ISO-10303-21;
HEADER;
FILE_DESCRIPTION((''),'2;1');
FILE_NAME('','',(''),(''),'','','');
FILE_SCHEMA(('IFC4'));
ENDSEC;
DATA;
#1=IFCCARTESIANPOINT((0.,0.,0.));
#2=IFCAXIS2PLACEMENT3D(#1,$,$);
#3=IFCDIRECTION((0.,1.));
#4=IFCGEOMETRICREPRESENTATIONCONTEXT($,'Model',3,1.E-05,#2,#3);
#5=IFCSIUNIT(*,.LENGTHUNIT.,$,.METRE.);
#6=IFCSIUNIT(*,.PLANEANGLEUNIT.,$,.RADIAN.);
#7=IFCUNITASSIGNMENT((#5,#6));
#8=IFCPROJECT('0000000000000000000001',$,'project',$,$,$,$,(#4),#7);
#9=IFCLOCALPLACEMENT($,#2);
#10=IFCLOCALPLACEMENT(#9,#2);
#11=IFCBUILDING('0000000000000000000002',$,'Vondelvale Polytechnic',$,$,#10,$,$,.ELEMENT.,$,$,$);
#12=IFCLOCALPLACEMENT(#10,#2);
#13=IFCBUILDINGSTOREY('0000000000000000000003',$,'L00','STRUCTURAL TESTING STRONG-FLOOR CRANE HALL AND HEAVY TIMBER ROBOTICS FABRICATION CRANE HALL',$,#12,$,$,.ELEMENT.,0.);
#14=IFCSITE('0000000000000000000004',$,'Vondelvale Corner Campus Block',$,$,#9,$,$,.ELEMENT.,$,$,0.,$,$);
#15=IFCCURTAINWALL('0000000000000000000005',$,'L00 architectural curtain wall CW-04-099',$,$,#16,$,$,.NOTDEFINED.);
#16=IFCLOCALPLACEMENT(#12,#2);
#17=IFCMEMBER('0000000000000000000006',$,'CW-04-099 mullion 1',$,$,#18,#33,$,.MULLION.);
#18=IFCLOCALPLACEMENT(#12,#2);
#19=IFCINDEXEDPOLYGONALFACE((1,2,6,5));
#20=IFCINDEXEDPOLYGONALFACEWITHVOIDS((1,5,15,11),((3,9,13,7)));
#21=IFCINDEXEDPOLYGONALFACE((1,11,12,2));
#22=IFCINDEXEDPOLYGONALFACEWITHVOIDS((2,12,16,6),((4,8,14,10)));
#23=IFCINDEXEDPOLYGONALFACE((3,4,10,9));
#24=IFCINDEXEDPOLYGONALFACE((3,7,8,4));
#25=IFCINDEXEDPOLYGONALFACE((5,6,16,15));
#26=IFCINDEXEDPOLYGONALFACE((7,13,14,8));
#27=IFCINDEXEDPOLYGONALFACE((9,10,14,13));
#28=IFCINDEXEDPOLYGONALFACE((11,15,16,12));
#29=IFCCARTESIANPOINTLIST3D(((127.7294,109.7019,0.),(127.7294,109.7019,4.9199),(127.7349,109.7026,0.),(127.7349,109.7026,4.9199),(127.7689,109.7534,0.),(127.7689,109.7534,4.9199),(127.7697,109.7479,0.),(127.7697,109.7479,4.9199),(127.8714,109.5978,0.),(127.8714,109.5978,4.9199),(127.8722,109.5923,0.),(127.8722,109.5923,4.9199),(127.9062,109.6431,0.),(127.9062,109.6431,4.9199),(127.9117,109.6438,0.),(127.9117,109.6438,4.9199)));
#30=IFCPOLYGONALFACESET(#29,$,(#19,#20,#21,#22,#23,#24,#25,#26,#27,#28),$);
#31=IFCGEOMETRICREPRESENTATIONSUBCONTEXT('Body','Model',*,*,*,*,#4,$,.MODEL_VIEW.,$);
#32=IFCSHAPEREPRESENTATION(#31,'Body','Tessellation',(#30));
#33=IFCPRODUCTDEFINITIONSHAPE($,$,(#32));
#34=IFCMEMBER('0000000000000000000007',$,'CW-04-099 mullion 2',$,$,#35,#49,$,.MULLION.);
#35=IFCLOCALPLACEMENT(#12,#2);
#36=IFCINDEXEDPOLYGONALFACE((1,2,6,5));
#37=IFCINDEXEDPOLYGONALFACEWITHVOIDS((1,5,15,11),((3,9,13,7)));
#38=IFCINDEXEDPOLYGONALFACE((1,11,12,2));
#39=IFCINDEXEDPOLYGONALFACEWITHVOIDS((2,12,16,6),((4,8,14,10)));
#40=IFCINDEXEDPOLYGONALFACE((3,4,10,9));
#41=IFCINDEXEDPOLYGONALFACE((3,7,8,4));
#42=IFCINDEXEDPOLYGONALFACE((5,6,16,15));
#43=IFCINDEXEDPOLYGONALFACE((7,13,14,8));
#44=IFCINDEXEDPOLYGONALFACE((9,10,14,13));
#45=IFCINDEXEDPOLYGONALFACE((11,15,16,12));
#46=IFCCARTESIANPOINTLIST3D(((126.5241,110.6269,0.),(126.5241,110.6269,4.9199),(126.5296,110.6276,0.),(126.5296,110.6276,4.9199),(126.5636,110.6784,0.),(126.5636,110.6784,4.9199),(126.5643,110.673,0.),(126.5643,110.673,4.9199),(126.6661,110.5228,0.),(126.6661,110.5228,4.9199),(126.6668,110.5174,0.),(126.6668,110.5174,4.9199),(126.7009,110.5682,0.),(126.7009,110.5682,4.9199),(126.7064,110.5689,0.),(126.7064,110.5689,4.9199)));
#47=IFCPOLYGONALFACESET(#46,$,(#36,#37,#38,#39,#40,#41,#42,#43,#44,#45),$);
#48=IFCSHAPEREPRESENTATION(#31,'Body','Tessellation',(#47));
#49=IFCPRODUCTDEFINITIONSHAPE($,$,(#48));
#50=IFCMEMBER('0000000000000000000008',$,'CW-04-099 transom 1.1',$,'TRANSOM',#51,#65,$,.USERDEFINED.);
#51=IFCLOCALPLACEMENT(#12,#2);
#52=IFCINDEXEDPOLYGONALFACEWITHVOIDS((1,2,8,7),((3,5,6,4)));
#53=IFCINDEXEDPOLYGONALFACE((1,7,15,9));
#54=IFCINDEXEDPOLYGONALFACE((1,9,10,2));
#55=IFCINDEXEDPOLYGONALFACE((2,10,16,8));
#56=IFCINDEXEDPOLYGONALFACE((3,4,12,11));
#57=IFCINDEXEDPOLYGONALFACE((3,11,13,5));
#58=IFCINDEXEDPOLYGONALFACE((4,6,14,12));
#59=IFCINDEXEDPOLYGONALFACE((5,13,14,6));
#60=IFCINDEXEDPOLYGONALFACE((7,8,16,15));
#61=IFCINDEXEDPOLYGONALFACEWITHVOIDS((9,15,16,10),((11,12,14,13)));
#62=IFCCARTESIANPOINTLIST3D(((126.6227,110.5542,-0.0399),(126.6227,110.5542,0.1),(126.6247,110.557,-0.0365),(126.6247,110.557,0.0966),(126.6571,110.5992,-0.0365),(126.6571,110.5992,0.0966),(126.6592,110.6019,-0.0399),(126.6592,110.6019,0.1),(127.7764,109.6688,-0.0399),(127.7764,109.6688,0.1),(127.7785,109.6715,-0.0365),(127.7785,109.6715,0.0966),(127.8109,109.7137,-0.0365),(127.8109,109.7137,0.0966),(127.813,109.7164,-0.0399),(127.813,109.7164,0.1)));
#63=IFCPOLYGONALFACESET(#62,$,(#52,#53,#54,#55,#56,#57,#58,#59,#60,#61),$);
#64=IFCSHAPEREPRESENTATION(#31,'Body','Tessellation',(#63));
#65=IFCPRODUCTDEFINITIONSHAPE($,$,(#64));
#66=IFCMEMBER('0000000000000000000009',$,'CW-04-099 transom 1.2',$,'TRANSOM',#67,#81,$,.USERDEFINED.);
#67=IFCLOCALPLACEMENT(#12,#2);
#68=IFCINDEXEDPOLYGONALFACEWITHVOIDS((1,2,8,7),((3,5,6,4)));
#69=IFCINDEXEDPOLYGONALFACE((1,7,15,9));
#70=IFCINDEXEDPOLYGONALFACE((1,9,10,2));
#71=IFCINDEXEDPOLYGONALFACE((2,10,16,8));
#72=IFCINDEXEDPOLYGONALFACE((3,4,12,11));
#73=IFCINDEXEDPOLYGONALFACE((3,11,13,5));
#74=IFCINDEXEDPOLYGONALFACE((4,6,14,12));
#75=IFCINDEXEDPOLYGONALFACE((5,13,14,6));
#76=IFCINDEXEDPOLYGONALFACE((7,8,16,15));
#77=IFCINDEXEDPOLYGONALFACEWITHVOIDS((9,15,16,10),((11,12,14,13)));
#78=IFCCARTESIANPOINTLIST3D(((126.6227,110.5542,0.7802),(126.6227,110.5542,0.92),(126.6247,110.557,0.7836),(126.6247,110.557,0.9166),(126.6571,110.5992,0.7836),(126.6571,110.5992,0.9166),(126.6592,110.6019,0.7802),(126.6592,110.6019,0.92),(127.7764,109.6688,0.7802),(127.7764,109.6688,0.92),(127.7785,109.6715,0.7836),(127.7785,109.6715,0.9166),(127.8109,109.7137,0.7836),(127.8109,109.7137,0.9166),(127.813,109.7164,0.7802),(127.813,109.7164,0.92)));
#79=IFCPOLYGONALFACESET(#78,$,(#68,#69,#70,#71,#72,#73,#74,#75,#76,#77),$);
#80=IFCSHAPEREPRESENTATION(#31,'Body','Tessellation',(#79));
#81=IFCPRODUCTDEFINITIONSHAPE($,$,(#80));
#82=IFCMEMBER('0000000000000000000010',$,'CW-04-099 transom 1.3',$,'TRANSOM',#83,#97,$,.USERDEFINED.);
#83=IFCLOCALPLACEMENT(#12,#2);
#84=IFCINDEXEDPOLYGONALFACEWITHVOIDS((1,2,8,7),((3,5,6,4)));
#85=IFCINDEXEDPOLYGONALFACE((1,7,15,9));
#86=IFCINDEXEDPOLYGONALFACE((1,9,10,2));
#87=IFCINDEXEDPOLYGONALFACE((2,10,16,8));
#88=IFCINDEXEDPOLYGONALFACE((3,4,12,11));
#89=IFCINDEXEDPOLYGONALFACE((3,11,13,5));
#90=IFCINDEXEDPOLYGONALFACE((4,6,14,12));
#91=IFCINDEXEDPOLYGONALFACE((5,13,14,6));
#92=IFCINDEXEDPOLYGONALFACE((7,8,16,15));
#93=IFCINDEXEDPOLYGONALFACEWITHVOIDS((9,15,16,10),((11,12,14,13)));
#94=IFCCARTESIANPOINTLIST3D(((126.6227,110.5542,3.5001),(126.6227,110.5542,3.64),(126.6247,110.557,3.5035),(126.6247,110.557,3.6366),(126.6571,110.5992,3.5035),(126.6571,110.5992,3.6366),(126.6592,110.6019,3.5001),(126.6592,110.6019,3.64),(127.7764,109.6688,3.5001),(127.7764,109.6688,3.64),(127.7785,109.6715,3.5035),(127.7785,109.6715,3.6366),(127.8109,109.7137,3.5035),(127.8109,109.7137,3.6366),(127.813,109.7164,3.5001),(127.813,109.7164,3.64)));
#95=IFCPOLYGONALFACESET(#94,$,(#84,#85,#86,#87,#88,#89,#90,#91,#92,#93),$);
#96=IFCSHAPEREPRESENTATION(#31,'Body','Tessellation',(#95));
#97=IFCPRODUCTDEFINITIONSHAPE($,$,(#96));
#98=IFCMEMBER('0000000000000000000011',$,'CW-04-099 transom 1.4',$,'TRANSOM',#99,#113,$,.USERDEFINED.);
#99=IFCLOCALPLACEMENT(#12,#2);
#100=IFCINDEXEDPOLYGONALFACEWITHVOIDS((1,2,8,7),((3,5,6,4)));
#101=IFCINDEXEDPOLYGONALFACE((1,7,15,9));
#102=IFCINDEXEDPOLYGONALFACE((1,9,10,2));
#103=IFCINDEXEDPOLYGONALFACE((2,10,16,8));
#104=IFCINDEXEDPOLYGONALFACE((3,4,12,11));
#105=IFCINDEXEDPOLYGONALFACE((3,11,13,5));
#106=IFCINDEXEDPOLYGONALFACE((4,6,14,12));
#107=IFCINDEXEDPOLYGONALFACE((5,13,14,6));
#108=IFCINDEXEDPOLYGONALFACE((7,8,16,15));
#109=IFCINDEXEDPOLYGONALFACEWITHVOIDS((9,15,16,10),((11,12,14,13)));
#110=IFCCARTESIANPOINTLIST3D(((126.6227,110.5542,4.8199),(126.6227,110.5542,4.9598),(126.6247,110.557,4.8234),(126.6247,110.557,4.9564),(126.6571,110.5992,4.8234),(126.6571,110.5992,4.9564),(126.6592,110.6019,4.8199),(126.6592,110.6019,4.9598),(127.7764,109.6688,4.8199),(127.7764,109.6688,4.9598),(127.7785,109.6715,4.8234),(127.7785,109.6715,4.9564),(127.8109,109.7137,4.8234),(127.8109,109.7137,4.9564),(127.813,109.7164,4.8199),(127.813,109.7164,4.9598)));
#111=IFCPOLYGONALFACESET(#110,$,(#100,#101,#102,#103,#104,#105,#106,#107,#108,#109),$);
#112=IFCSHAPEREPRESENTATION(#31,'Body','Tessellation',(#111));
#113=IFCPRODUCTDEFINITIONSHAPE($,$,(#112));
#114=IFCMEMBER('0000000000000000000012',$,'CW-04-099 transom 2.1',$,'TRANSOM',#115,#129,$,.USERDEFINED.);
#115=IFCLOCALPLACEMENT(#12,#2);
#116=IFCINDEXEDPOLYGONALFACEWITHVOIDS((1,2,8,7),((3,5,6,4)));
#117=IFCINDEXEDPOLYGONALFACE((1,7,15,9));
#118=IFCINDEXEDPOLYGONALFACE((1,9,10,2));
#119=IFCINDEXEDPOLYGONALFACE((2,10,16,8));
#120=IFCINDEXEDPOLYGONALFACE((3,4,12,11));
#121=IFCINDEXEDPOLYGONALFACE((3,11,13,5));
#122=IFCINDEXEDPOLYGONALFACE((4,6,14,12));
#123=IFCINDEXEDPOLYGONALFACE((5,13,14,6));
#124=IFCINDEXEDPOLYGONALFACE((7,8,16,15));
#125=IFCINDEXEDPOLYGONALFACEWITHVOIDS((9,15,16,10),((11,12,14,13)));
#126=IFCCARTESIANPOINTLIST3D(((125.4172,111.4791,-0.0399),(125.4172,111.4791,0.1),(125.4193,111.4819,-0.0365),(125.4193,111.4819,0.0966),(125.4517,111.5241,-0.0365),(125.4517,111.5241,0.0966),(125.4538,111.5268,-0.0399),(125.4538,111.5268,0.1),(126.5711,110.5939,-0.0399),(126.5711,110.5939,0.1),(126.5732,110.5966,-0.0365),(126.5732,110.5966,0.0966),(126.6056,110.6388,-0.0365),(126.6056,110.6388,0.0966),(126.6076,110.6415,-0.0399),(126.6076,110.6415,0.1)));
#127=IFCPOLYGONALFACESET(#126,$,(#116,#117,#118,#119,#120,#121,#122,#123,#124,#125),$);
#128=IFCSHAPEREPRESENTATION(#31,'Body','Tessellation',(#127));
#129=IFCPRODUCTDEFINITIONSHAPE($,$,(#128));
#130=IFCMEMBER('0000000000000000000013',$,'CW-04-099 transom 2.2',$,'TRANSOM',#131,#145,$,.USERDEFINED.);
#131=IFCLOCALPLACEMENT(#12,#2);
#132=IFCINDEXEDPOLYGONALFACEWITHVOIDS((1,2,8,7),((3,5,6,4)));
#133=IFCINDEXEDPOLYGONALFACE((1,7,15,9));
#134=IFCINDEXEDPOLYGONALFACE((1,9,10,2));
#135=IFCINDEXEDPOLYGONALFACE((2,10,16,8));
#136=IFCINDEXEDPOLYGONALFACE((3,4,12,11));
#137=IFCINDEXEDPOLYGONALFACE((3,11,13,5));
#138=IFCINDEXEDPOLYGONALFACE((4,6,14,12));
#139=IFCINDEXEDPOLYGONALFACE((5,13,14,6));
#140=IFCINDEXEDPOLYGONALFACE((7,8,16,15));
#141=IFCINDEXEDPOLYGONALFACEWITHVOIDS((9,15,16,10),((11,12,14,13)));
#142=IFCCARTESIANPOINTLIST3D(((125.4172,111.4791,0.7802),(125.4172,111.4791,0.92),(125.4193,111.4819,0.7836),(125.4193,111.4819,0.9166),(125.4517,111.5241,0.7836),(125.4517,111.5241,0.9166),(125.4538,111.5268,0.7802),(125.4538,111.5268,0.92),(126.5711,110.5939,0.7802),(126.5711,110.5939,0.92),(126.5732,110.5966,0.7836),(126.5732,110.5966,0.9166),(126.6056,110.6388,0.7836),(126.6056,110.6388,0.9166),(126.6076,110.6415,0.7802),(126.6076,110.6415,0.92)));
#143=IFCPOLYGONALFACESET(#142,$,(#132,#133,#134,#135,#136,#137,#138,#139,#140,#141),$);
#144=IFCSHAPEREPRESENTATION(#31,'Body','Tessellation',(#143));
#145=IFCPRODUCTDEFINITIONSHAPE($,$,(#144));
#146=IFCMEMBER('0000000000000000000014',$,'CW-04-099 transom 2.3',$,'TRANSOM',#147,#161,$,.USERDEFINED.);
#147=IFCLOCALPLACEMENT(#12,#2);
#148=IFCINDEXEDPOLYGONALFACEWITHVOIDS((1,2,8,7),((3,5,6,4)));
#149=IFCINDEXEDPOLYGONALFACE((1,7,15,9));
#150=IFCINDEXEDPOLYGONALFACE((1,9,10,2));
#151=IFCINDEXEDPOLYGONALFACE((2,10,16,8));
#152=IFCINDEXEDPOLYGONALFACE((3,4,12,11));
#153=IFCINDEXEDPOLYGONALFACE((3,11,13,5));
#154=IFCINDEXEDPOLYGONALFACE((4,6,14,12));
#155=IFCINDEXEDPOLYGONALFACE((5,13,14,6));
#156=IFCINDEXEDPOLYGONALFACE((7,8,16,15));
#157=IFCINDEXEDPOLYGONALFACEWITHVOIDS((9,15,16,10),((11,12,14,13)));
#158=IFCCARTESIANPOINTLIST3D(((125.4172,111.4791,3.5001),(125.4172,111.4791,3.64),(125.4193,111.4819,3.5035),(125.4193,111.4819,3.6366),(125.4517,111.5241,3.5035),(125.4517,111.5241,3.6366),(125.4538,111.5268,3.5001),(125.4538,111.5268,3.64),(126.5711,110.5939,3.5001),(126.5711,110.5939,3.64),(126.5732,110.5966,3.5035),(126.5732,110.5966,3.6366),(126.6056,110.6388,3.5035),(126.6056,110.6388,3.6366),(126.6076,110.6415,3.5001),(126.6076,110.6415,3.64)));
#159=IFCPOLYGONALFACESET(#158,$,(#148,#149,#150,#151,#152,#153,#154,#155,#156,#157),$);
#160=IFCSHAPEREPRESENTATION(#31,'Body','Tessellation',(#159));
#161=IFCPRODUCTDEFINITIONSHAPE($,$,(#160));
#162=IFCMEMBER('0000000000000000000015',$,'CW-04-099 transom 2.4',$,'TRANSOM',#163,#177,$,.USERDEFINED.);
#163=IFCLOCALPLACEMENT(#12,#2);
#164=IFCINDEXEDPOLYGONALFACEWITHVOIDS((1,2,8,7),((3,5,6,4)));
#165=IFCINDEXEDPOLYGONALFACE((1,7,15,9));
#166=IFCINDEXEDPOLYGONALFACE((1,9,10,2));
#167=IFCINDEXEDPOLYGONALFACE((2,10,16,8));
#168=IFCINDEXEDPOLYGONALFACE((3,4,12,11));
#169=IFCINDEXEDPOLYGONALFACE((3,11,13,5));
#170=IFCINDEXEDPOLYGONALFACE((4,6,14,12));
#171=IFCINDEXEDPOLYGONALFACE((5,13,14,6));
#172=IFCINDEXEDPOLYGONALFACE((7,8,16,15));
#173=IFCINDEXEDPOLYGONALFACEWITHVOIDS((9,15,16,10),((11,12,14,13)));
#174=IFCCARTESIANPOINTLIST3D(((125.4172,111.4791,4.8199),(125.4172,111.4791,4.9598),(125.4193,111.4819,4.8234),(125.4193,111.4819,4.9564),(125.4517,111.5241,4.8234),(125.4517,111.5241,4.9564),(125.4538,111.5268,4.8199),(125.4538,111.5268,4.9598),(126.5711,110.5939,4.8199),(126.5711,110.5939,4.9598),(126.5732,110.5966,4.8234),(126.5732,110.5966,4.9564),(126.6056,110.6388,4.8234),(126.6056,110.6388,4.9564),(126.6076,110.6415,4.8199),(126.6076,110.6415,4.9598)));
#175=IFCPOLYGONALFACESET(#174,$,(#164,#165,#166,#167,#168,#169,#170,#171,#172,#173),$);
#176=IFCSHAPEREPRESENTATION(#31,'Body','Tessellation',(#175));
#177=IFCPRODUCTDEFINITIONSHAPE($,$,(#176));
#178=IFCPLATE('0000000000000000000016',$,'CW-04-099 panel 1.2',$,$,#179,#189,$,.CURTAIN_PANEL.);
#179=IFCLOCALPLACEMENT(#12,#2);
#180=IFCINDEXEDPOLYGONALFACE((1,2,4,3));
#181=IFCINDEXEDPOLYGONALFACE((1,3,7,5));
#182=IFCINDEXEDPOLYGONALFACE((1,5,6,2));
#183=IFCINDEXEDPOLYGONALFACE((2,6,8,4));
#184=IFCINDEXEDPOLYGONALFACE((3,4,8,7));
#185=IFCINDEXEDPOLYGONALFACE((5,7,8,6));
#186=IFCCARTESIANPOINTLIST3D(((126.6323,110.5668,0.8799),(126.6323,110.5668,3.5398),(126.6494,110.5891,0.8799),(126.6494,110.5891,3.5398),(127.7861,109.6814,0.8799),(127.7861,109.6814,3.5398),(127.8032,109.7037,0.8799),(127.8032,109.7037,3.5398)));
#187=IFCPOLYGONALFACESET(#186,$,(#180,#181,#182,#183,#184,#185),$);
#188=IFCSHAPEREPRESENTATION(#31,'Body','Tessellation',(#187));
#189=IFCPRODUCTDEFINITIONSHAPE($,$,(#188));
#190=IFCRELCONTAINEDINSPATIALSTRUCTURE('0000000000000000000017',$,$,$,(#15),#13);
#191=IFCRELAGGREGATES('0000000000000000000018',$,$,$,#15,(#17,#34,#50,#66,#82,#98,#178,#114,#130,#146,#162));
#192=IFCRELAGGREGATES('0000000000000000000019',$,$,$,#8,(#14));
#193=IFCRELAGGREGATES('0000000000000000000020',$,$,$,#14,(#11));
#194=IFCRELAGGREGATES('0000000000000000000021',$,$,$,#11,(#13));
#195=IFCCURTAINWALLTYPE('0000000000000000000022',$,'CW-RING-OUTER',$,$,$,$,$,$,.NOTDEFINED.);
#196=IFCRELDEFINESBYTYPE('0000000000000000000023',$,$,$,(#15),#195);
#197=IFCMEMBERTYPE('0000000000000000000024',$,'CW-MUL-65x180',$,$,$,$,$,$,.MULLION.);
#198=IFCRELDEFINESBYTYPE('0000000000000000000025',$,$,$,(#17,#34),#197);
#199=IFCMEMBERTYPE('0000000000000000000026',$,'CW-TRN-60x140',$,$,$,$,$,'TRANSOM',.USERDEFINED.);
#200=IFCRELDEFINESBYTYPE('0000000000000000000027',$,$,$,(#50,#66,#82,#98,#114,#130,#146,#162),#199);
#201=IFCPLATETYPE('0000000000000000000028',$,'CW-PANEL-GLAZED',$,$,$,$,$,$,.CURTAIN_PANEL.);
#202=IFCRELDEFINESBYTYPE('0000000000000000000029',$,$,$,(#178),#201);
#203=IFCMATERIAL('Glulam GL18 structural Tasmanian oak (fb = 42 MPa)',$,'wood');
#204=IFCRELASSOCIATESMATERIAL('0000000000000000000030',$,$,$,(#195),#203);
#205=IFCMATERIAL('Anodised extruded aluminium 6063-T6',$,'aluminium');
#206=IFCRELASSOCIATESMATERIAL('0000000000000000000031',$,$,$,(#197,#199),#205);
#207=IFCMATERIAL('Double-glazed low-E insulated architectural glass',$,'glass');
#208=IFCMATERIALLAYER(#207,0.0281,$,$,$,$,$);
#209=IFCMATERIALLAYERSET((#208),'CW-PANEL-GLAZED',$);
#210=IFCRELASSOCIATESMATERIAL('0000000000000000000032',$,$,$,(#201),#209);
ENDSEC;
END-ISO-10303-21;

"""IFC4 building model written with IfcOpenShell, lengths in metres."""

from ifc_helpers import new_model, si_unit, direction, frame, origin, origin_2d, place, context, subcontext, project, spatial, rectangle, hollow_rectangle, extrude, material, layer, layer_set, material_profile, profile_set, type_object, element, aggregate, save


model = new_model("IFC4")

# Units and contexts
model_context = context("Model", 3, precision=1e-05, world=origin(), true_north=direction((0.0, 1.0)))
body_context = subcontext(model_context, "Body", "Model", "MODEL_VIEW")
ifc_project = project(units=[si_unit("LENGTHUNIT", "METRE"), si_unit("PLANEANGLEUNIT", "RADIAN")], contexts=[model_context])

# Site, building, storey
site_placement = place(None, origin())
site = spatial("IfcSite", under=ifc_project, at=site_placement, Name="Vondelvale Corner Campus Block", CompositionType="ELEMENT", RefElevation=0.0)
building_placement = place(site_placement, origin())
building = spatial("IfcBuilding", under=site, at=building_placement, Name="Vondelvale Polytechnic", CompositionType="ELEMENT")
storey_placement = place(building_placement, origin())
storey = spatial("IfcBuildingStorey", under=building, at=storey_placement, Name="L00", Description="STRUCTURAL TESTING STRONG-FLOOR CRANE HALL AND HEAVY TIMBER ROBOTICS FABRICATION CRANE HALL", CompositionType="ELEMENT", Elevation=0.0)

# Shared definitions
ifc_material_1 = material(Name="Glulam GL18 structural Tasmanian oak (fb = 42 MPa)", Category="wood")

# Shared definitions
curtain_wall_type = type_object("IfcCurtainWallType", Name="CW-RING-OUTER", PredefinedType="NOTDEFINED", material=ifc_material_1)
ifc_material_2 = material(Name="Anodised extruded aluminium 6063-T6", Category="aluminium")
ifc_material_profile_1 = material_profile(ifc_material_2, hollow_rectangle(XDim=0.0649, YDim=0.1799, WallThickness=0.0039, at=origin_2d()), Name="CW-MUL-180x65")
ifc_profile_set_1 = profile_set([ifc_material_profile_1], Name="Anodised extruded aluminium 6063-T6")
member_type_1 = type_object("IfcMemberType", Name="CW-MUL-65x180", PredefinedType="MULLION", material=ifc_profile_set_1)

# Curtain wall, members, plate
curtain_wall_1_placement = place(storey_placement, origin())
curtain_wall_1 = element("IfcCurtainWall", 1, at=curtain_wall_1_placement, inside=storey, type_object=curtain_wall_type, Name="L00 architectural curtain wall CW-04-099", PredefinedType="NOTDEFINED")
member_1_placement = place(storey_placement, frame((127.8206, 109.6729, 0.0), z_axis=(0.0, 0.0, 1.0), x_axis=(-0.608764, -0.793352, 0.0)))
member_1 = element("IfcMember", 2, at=member_1_placement, type_object=member_type_1, Name="CW-04-099 mullion 1", PredefinedType="MULLION", context=body_context, shape_type="SweptSolid", body=[
    extrude(hollow_rectangle(XDim=0.0649, YDim=0.1799, WallThickness=0.0039, at=origin_2d()), origin(), (0.0, 0.0, 1.0), 4.9199),
])
member_2_placement = place(storey_placement, frame((126.6152, 110.5979, 0.0), z_axis=(0.0, 0.0, 1.0), x_axis=(-0.608764, -0.793352, 0.0)))
member_2 = element("IfcMember", 3, at=member_2_placement, type_object=member_type_1, Name="CW-04-099 mullion 2", PredefinedType="MULLION", context=body_context, shape_type="SweptSolid", body=[
    extrude(hollow_rectangle(XDim=0.0649, YDim=0.1799, WallThickness=0.0039, at=origin_2d()), origin(), (0.0, 0.0, 1.0), 4.9199),
])
ifc_material_profile_2 = material_profile(ifc_material_2, hollow_rectangle(XDim=0.0601, YDim=0.1399, WallThickness=0.0034, at=origin_2d()), Name="CW-TRN-140x60")
ifc_profile_set_2 = profile_set([ifc_material_profile_2], Name="Anodised extruded aluminium 6063-T6")
member_type_2 = type_object("IfcMemberType", Name="CW-TRN-60x140", ElementType="TRANSOM", PredefinedType="USERDEFINED", material=ifc_profile_set_2)
member_3_placement = place(storey_placement, frame((127.7947, 109.6926, 0.03), z_axis=(-0.793304, 0.608826, 0.0), x_axis=(-0.608826, -0.793304, 0.0)))
member_3 = element("IfcMember", 4, at=member_3_placement, type_object=member_type_2, Name="CW-04-099 transom 1.1", ObjectType="TRANSOM", PredefinedType="USERDEFINED", context=body_context, shape_type="SweptSolid", body=[
    extrude(hollow_rectangle(XDim=0.0601, YDim=0.1399, WallThickness=0.0034, at=origin_2d()), origin(), (0.0, 0.0, 1.0), 1.4543),
])
member_4_placement = place(storey_placement, frame((127.7947, 109.6926, 0.8501), z_axis=(-0.793304, 0.608826, 0.0), x_axis=(-0.608826, -0.793304, 0.0)))
member_4 = element("IfcMember", 5, at=member_4_placement, type_object=member_type_2, Name="CW-04-099 transom 1.2", ObjectType="TRANSOM", PredefinedType="USERDEFINED", context=body_context, shape_type="SweptSolid", body=[
    extrude(hollow_rectangle(XDim=0.0601, YDim=0.1399, WallThickness=0.0034, at=origin_2d()), origin(), (0.0, 0.0, 1.0), 1.4543),
])
member_5_placement = place(storey_placement, frame((127.7947, 109.6926, 3.5701), z_axis=(-0.793304, 0.608826, 0.0), x_axis=(-0.608826, -0.793304, 0.0)))
member_5 = element("IfcMember", 6, at=member_5_placement, type_object=member_type_2, Name="CW-04-099 transom 1.3", ObjectType="TRANSOM", PredefinedType="USERDEFINED", context=body_context, shape_type="SweptSolid", body=[
    extrude(hollow_rectangle(XDim=0.0601, YDim=0.1399, WallThickness=0.0034, at=origin_2d()), origin(), (0.0, 0.0, 1.0), 1.4543),
])
member_6_placement = place(storey_placement, frame((127.7947, 109.6926, 4.8899), z_axis=(-0.793304, 0.608826, 0.0), x_axis=(-0.608826, -0.793304, 0.0)))
member_6 = element("IfcMember", 7, at=member_6_placement, type_object=member_type_2, Name="CW-04-099 transom 1.4", ObjectType="TRANSOM", PredefinedType="USERDEFINED", context=body_context, shape_type="SweptSolid", body=[
    extrude(hollow_rectangle(XDim=0.0601, YDim=0.1399, WallThickness=0.0034, at=origin_2d()), origin(), (0.0, 0.0, 1.0), 1.4543),
])
member_7_placement = place(storey_placement, frame((126.5894, 110.6177, 0.03), z_axis=(-0.793385, 0.608721, 0.0), x_axis=(-0.608721, -0.793385, 0.0)))
member_7 = element("IfcMember", 8, at=member_7_placement, type_object=member_type_2, Name="CW-04-099 transom 2.1", ObjectType="TRANSOM", PredefinedType="USERDEFINED", context=body_context, shape_type="SweptSolid", body=[
    extrude(hollow_rectangle(XDim=0.0601, YDim=0.1399, WallThickness=0.0034, at=origin_2d()), origin(), (0.0, 0.0, 1.0), 1.4543),
])
member_8_placement = place(storey_placement, frame((126.5894, 110.6177, 0.8501), z_axis=(-0.793385, 0.608721, 0.0), x_axis=(-0.608721, -0.793385, 0.0)))
member_8 = element("IfcMember", 9, at=member_8_placement, type_object=member_type_2, Name="CW-04-099 transom 2.2", ObjectType="TRANSOM", PredefinedType="USERDEFINED", context=body_context, shape_type="SweptSolid", body=[
    extrude(hollow_rectangle(XDim=0.0601, YDim=0.1399, WallThickness=0.0034, at=origin_2d()), origin(), (0.0, 0.0, 1.0), 1.4543),
])
member_9_placement = place(storey_placement, frame((126.5894, 110.6177, 3.5701), z_axis=(-0.793385, 0.608721, 0.0), x_axis=(-0.608721, -0.793385, 0.0)))
member_9 = element("IfcMember", 10, at=member_9_placement, type_object=member_type_2, Name="CW-04-099 transom 2.3", ObjectType="TRANSOM", PredefinedType="USERDEFINED", context=body_context, shape_type="SweptSolid", body=[
    extrude(hollow_rectangle(XDim=0.0601, YDim=0.1399, WallThickness=0.0034, at=origin_2d()), origin(), (0.0, 0.0, 1.0), 1.4543),
])
member_10_placement = place(storey_placement, frame((126.5894, 110.6177, 4.8899), z_axis=(-0.793385, 0.608721, 0.0), x_axis=(-0.608721, -0.793385, 0.0)))
member_10 = element("IfcMember", 11, at=member_10_placement, type_object=member_type_2, Name="CW-04-099 transom 2.4", ObjectType="TRANSOM", PredefinedType="USERDEFINED", context=body_context, shape_type="SweptSolid", body=[
    extrude(hollow_rectangle(XDim=0.0601, YDim=0.1399, WallThickness=0.0034, at=origin_2d()), origin(), (0.0, 0.0, 1.0), 1.4543),
])
ifc_material_3 = material(Name="Double-glazed low-E insulated architectural glass", Category="glass")
ifc_layer_1 = layer(ifc_material_3, 0.0281)
ifc_layer_set_1 = layer_set([ifc_layer_1], Name="CW-PANEL-GLAZED")
plate_type_1 = type_object("IfcPlateType", Name="CW-PANEL-GLAZED", PredefinedType="CURTAIN_PANEL", material=ifc_layer_set_1)
plate_1_placement = place(storey_placement, frame((127.2178, 110.1353, 0.8799), z_axis=(0.0, 0.0, 1.0), x_axis=(-0.793352, 0.608764, 0.0)))
plate_1 = element("IfcPlate", 12, at=plate_1_placement, type_object=plate_type_1, Name="CW-04-099 panel 1.2", PredefinedType="CURTAIN_PANEL", context=body_context, shape_type="SweptSolid", body=[
    extrude(rectangle(XDim=1.4543, YDim=0.0281, at=origin_2d()), origin(), (0.0, 0.0, 1.0), 2.6599),
])

aggregate(curtain_wall_1, [member_1, member_2, member_3, member_4, member_5, member_6, plate_1, member_7, member_8, member_9, member_10])

save(model, "model.ifc")
